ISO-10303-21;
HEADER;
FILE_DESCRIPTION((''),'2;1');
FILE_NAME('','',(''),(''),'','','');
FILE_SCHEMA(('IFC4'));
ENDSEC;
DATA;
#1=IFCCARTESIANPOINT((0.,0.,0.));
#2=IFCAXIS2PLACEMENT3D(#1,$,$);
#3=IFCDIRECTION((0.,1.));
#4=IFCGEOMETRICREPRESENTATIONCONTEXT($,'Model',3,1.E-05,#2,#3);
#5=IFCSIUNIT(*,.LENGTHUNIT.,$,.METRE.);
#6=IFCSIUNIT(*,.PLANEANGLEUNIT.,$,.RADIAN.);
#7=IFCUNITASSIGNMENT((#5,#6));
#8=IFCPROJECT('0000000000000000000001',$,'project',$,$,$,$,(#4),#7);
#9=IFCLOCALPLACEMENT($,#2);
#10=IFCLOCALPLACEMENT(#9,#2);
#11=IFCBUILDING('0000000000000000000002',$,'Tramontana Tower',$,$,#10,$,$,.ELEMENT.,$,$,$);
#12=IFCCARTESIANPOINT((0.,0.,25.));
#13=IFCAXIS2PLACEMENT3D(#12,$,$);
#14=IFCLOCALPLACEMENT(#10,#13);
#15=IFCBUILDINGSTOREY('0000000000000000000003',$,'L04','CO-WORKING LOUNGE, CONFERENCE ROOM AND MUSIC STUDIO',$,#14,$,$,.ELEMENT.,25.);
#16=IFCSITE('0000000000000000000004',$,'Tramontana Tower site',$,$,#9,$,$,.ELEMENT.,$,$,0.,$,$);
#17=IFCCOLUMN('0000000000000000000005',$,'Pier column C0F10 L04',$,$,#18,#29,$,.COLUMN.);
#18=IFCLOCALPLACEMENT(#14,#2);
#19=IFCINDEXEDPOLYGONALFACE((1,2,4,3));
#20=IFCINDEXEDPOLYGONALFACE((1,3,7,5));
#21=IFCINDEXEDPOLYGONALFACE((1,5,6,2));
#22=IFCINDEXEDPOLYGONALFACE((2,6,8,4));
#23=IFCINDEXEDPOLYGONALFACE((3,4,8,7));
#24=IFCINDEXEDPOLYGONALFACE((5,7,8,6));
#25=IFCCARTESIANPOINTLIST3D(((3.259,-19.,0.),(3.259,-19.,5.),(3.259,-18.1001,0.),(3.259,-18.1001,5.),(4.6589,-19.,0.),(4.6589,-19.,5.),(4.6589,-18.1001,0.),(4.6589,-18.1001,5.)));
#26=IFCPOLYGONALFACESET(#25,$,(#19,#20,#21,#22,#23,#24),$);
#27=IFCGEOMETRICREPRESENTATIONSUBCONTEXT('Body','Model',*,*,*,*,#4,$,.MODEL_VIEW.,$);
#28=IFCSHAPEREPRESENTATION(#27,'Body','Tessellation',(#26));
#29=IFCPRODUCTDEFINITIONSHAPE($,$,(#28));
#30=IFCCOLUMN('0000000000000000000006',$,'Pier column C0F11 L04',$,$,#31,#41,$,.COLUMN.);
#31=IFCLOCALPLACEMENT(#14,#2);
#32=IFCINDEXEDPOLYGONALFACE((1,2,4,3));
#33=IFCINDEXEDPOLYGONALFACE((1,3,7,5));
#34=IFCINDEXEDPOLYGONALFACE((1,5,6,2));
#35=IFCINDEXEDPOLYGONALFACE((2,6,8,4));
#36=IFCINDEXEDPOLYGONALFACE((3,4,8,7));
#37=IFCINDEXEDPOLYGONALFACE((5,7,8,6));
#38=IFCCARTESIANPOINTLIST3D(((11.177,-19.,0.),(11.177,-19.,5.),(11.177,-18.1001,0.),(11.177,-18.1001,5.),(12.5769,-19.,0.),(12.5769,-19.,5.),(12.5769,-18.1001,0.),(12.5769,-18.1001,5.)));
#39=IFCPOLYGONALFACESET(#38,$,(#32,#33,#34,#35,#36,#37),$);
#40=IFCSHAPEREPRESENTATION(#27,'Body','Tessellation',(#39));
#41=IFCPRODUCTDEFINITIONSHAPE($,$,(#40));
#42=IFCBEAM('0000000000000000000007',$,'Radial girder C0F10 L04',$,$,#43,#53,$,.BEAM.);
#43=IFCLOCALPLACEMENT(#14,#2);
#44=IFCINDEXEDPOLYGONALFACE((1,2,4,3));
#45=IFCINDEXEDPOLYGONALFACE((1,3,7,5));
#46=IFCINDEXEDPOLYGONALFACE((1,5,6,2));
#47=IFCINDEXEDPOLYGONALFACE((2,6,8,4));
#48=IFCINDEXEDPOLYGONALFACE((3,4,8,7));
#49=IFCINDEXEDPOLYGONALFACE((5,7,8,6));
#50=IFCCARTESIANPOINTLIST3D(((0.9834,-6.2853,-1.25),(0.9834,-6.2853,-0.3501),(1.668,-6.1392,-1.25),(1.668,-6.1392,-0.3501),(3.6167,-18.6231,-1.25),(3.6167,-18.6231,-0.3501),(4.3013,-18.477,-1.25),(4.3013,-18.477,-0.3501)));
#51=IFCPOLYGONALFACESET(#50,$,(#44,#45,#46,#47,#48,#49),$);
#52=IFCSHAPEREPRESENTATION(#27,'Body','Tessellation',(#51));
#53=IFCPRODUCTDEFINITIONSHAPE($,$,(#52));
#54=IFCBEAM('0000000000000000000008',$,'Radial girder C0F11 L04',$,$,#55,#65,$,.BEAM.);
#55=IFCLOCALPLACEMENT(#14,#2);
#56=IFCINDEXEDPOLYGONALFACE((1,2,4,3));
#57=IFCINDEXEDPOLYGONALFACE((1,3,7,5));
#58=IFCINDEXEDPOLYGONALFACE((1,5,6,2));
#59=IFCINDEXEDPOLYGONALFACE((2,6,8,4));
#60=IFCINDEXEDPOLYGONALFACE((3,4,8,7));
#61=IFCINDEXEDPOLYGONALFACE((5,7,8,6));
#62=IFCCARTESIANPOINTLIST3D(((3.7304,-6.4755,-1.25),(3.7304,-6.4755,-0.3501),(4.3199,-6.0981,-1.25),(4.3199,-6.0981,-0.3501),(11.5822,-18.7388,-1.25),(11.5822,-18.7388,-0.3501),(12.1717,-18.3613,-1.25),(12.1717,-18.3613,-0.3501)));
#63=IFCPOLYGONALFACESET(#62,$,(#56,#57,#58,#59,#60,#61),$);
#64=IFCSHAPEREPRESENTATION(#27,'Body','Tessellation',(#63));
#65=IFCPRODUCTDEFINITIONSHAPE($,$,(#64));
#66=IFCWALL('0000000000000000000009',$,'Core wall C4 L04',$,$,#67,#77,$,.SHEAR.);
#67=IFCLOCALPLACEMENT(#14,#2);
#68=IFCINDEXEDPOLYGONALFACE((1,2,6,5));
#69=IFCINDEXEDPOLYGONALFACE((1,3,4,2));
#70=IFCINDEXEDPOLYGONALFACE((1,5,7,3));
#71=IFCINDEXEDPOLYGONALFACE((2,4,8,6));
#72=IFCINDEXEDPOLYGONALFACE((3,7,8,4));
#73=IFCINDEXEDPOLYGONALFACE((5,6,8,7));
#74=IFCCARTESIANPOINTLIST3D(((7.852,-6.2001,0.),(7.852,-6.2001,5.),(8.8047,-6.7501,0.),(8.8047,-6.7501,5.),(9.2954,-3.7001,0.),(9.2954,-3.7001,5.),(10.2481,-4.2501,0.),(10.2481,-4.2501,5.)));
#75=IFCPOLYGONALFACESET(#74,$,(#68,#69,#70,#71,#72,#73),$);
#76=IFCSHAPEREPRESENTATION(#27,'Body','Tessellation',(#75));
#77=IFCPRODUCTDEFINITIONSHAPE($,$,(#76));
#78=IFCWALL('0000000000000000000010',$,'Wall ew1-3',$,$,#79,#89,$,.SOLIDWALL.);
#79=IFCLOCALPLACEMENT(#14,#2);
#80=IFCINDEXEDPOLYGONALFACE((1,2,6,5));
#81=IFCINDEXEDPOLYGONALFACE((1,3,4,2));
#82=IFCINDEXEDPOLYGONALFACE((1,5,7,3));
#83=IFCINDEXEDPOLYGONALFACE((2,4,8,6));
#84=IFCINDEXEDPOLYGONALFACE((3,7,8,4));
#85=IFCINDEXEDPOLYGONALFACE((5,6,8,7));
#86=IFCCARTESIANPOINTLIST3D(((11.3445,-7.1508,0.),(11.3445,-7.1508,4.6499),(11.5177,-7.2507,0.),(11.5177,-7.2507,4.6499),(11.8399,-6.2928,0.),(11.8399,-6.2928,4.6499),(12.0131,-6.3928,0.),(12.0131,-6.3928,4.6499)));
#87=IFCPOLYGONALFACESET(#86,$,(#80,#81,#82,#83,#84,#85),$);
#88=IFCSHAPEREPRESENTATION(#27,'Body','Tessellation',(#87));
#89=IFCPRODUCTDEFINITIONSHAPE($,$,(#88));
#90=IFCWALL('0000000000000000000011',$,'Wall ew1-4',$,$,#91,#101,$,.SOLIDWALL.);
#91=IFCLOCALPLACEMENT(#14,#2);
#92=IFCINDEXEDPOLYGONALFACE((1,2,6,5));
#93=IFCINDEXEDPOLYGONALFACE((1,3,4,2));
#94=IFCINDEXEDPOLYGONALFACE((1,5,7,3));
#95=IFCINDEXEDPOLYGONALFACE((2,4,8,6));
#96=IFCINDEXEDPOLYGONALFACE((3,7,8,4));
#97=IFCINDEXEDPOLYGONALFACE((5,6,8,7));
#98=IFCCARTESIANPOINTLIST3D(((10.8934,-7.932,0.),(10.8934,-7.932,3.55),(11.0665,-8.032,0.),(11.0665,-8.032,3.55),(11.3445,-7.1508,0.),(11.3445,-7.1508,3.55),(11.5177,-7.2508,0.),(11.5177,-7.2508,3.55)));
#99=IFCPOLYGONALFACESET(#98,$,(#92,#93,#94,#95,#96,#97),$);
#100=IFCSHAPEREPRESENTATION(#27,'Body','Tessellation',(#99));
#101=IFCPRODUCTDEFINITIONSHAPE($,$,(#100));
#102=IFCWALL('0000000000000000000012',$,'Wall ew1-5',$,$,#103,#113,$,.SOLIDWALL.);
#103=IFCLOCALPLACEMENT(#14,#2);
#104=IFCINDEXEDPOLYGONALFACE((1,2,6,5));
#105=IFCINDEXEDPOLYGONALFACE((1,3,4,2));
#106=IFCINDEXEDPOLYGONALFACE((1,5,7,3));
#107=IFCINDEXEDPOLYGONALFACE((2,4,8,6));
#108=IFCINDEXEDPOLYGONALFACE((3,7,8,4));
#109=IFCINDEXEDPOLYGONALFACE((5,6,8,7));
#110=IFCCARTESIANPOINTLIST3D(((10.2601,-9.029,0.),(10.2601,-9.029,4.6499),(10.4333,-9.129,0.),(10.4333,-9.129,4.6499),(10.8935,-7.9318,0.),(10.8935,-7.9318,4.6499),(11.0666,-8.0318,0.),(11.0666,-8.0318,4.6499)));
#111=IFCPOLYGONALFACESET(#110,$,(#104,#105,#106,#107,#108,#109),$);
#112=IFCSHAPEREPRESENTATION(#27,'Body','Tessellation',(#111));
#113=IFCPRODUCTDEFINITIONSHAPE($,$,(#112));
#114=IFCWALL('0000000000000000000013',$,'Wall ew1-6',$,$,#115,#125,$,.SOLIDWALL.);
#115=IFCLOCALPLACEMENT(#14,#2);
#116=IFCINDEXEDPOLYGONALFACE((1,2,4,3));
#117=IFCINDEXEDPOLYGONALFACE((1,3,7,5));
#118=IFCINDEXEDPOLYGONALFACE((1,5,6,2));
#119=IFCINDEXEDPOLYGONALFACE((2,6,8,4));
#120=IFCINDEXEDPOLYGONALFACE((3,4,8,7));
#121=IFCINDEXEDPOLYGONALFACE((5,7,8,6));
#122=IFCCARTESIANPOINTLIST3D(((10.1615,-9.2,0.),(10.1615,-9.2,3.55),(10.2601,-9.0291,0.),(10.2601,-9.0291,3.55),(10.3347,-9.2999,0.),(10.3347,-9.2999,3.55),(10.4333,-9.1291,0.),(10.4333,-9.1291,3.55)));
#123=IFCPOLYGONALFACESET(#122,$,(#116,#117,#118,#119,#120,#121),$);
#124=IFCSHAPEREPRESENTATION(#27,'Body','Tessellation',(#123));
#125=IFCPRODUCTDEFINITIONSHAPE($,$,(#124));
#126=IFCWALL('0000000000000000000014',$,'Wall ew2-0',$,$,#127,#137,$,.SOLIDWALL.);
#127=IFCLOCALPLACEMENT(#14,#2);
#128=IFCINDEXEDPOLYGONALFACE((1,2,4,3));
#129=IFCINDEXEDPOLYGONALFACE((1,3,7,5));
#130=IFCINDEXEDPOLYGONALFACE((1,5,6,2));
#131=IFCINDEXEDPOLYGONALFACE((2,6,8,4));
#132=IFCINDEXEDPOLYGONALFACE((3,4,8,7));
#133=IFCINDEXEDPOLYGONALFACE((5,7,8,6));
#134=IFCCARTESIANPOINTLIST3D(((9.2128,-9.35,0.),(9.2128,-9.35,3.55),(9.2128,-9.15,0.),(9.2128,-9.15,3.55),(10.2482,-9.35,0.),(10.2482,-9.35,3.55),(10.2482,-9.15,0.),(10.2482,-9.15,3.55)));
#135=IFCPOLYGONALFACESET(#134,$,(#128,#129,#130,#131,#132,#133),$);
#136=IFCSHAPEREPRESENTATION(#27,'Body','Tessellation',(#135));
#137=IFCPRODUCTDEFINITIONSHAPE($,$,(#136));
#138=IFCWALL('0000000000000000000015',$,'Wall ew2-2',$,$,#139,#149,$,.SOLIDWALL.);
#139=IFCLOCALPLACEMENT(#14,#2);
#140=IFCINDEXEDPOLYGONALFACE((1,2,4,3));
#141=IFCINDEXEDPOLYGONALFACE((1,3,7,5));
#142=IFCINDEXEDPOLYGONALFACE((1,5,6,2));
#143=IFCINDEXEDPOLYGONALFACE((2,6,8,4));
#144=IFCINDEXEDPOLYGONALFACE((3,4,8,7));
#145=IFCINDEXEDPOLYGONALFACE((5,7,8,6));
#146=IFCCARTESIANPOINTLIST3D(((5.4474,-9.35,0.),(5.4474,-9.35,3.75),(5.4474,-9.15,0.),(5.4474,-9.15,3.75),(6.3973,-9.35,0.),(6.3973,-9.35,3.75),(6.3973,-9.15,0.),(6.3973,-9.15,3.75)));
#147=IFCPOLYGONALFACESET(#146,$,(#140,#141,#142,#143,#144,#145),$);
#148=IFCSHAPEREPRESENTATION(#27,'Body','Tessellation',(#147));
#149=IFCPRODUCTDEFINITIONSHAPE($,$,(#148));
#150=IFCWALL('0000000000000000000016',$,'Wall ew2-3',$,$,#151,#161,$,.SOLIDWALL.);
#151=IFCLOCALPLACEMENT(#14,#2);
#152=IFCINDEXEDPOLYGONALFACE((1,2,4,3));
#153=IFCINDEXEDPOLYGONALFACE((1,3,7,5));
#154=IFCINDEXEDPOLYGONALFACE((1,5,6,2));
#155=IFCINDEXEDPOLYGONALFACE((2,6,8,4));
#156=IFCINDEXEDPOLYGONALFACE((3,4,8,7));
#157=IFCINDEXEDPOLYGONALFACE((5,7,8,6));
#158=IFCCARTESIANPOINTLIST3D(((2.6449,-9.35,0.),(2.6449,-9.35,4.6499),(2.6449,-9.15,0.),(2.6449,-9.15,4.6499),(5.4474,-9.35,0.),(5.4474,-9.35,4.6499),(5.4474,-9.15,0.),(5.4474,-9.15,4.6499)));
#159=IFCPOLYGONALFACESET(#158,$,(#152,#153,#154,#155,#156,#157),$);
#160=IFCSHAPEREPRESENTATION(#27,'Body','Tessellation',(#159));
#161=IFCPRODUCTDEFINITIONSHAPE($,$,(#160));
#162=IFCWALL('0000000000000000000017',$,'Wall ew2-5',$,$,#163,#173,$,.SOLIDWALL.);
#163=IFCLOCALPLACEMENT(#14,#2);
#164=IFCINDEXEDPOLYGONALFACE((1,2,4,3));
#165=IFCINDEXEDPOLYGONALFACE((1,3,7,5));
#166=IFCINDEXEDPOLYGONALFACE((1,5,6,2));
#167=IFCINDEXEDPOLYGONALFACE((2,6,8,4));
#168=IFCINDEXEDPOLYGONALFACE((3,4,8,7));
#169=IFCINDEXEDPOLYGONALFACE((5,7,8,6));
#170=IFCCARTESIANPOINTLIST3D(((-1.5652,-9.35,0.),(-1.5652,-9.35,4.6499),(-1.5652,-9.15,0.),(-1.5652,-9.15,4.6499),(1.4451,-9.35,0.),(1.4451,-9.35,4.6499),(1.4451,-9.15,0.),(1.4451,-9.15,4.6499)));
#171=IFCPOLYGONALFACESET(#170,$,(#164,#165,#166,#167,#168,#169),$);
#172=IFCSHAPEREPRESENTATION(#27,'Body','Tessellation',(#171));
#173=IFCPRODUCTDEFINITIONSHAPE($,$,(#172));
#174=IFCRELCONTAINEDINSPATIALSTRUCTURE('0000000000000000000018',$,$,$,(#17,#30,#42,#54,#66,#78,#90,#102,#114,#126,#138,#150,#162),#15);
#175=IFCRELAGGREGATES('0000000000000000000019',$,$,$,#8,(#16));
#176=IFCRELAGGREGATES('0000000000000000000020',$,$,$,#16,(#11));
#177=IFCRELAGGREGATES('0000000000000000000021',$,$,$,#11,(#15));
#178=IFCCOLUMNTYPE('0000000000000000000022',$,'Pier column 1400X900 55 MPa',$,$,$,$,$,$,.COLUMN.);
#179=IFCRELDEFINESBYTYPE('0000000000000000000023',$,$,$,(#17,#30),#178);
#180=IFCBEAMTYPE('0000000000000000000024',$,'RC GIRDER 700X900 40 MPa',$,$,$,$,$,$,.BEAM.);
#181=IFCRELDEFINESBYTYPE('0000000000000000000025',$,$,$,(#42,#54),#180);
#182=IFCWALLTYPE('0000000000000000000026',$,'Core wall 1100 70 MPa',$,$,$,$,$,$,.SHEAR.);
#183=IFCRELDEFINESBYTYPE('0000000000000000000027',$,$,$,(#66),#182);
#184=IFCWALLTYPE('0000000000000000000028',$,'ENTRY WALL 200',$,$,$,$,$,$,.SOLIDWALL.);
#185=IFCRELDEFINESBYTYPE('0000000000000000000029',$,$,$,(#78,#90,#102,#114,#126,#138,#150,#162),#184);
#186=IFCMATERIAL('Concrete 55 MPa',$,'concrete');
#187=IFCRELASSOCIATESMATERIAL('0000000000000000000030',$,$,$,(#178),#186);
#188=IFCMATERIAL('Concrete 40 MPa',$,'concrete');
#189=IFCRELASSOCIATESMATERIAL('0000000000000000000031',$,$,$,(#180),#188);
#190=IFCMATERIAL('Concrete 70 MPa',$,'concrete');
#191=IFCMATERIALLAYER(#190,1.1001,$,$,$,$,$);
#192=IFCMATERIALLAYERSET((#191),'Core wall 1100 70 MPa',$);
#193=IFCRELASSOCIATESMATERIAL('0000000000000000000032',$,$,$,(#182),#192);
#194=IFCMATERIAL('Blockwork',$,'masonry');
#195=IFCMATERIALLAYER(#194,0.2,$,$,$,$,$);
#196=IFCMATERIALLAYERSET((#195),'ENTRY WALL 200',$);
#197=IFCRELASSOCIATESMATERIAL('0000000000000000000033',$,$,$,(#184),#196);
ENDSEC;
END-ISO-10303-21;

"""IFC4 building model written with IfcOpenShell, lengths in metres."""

from ifc_helpers import new_model, si_unit, direction, frame, frame_2d, origin, origin_2d, place, context, subcontext, project, spatial, rectangle, extrude, material, layer, layer_set, material_profile, profile_set, type_object, element, save


model = new_model("IFC4")

# Units and contexts
model_context = context("Model", 3, precision=1e-05, world=origin(), true_north=direction((0.0, 1.0)))
body_context = subcontext(model_context, "Body", "Model", "MODEL_VIEW")
ifc_project = project(units=[si_unit("LENGTHUNIT", "METRE"), si_unit("PLANEANGLEUNIT", "RADIAN")], contexts=[model_context])

# Site, building, storey
site_placement = place(None, origin())
site = spatial("IfcSite", under=ifc_project, at=site_placement, Name="Tramontana Tower site", CompositionType="ELEMENT", RefElevation=0.0)
building_placement = place(site_placement, origin())
building = spatial("IfcBuilding", under=site, at=building_placement, Name="Tramontana Tower", CompositionType="ELEMENT")
storey_placement = place(building_placement, frame((0.0, 0.0, 25.0)))
storey = spatial("IfcBuildingStorey", under=building, at=storey_placement, Name="L04", Description="CO-WORKING LOUNGE, CONFERENCE ROOM AND MUSIC STUDIO", CompositionType="ELEMENT", Elevation=25.0)

# Columns
ifc_material_1 = material(Name="Concrete 55 MPa", Category="concrete")
ifc_material_profile_1 = material_profile(ifc_material_1, rectangle(XDim=1.3999, YDim=0.8999, at=origin_2d()), Name="Pier column 1400X900 55 MPa")
ifc_profile_set_1 = profile_set([ifc_material_profile_1], Name="Concrete 55 MPa")
column_type = type_object("IfcColumnType", Name="Pier column 1400X900 55 MPa", PredefinedType="COLUMN", material=ifc_profile_set_1)
for number, where, z_axis, x_axis, name in (
    (1, (3.959, -18.55, 0.0), (0.0, 0.0, 1.0), (1.0, 0.0, 0.0), "Pier column C0F10 L04"),
    (2, (11.877, -18.55, 0.0), (0.0, 0.0, 1.0), (1.0, 0.0, 0.0), "Pier column C0F11 L04"),
):
    element("IfcColumn", number, at=place(storey_placement, frame(where, z_axis=z_axis, x_axis=x_axis)), inside=storey, type_object=column_type, Name=name, PredefinedType="COLUMN", context=body_context, shape_type="SweptSolid", body=[
        extrude(rectangle(XDim=1.3999, YDim=0.8999, at=origin_2d()), origin(), (0.0, 0.0, 1.0), 5.0),
    ])

# Beams
ifc_material_2 = material(Name="Concrete 40 MPa", Category="concrete")
ifc_material_profile_2 = material_profile(ifc_material_2, rectangle(XDim=0.7, YDim=0.8999, at=origin_2d()), Name="RC GIRDER 700X900 40 MPa")
ifc_profile_set_2 = profile_set([ifc_material_profile_2], Name="Concrete 40 MPa")
beam_type = type_object("IfcBeamType", Name="RC GIRDER 700X900 40 MPa", PredefinedType="BEAM", material=ifc_profile_set_2)
beam_1_placement = place(storey_placement, frame((3.959, -18.55, -0.8), z_axis=(-0.208731, 0.977973, 0.0), x_axis=(-0.977973, -0.208731, 0.0)))
element("IfcBeam", 3, at=beam_1_placement, inside=storey, type_object=beam_type, Name="Radial girder C0F10 L04", PredefinedType="BEAM", context=body_context, shape_type="SweptSolid", body=[
    extrude(rectangle(XDim=0.7, YDim=0.8999, at=origin_2d()), origin(), (0.0, 0.0, 1.0), 12.6157),
])
beam_2_placement = place(storey_placement, frame((11.877, -18.55, -0.8), z_axis=(-0.539218, 0.842166, 0.0), x_axis=(-0.842166, -0.539218, 0.0)))
element("IfcBeam", 4, at=beam_2_placement, inside=storey, type_object=beam_type, Name="Radial girder C0F11 L04", PredefinedType="BEAM", context=body_context, shape_type="SweptSolid", body=[
    extrude(rectangle(XDim=0.7, YDim=0.8999, at=origin_2d()), origin(), (0.0, 0.0, 1.0), 14.5615),
])

# Walls
ifc_material_3 = material(Name="Concrete 70 MPa", Category="concrete")
ifc_layer_1 = layer(ifc_material_3, 1.1001)
ifc_layer_set_1 = layer_set([ifc_layer_1], Name="Core wall 1100 70 MPa")
wall_type_1 = type_object("IfcWallType", Name="Core wall 1100 70 MPa", PredefinedType="SHEAR", material=ifc_layer_set_1)
wall_1_placement = place(storey_placement, frame((8.3284, -6.4751, 0.0), z_axis=(0.0, 0.0, 1.0), x_axis=(0.499996, 0.866028, 0.0)))
element("IfcWall", 5, at=wall_1_placement, inside=storey, type_object=wall_type_1, Name="Core wall C4 L04", PredefinedType="SHEAR", context=body_context, shape_type="SweptSolid", body=[
    extrude(rectangle(XDim=2.8867, YDim=1.1001, at=frame_2d((1.4434, 0.0))), origin(), (0.0, 0.0, 1.0), 5.0),
])
ifc_material_4 = material(Name="Blockwork", Category="masonry")
ifc_layer_2 = layer(ifc_material_4, 0.2)
ifc_layer_set_2 = layer_set([ifc_layer_2], Name="ENTRY WALL 200")
wall_type_2 = type_object("IfcWallType", Name="ENTRY WALL 200", PredefinedType="SOLIDWALL", material=ifc_layer_set_2)
wall_2_placement = place(storey_placement, frame((11.9265, -6.3428, 0.0), z_axis=(0.0, 0.0, 1.0), x_axis=(-0.500035, -0.866005, 0.0)))
element("IfcWall", 6, at=wall_2_placement, inside=storey, type_object=wall_type_2, Name="Wall ew1-3", PredefinedType="SOLIDWALL", context=body_context, shape_type="SweptSolid", body=[
    extrude(rectangle(XDim=0.9907, YDim=0.2, at=frame_2d((0.4954, 0.0))), origin(), (0.0, 0.0, 1.0), 4.6499),
])
wall_3_placement = place(storey_placement, frame((11.4312, -7.2007, 0.0), z_axis=(0.0, 0.0, 1.0), x_axis=(-0.500097, -0.865969, 0.0)))
element("IfcWall", 7, at=wall_3_placement, inside=storey, type_object=wall_type_2, Name="Wall ew1-4", PredefinedType="SOLIDWALL", context=body_context, shape_type="SweptSolid", body=[
    extrude(rectangle(XDim=0.9021, YDim=0.2, at=frame_2d((0.4512, 0.0))), origin(), (0.0, 0.0, 1.0), 3.55),
])
wall_4_placement = place(storey_placement, frame((10.98, -7.9819, 0.0), z_axis=(0.0, 0.0, 1.0), x_axis=(-0.499912, -0.866076, 0.0)))
element("IfcWall", 8, at=wall_4_placement, inside=storey, type_object=wall_type_2, Name="Wall ew1-5", PredefinedType="SOLIDWALL", context=body_context, shape_type="SweptSolid", body=[
    extrude(rectangle(XDim=1.2668, YDim=0.2, at=frame_2d((0.6333, 0.0))), origin(), (0.0, 0.0, 1.0), 4.6499),
])
wall_5_placement = place(storey_placement, frame((10.3467, -9.0791, 0.0), z_axis=(0.0, 0.0, 1.0), x_axis=(-0.499865, -0.866103, 0.0)))
element("IfcWall", 9, at=wall_5_placement, inside=storey, type_object=wall_type_2, Name="Wall ew1-6", PredefinedType="SOLIDWALL", context=body_context, shape_type="SweptSolid", body=[
    extrude(rectangle(XDim=0.1973, YDim=0.2, at=frame_2d((0.0986, 0.0))), origin(), (0.0, 0.0, 1.0), 3.55),
])
wall_6_placement = place(storey_placement, frame((10.248, -9.25, 0.0), z_axis=(0.0, 0.0, 1.0), x_axis=(-1.0, 0.0, 0.0)))
element("IfcWall", 10, at=wall_6_placement, inside=storey, type_object=wall_type_2, Name="Wall ew2-0", PredefinedType="SOLIDWALL", context=body_context, shape_type="SweptSolid", body=[
    extrude(rectangle(XDim=1.0354, YDim=0.2, at=frame_2d((0.5176, 0.0))), origin(), (0.0, 0.0, 1.0), 3.55),
])

# Walls
wall_7_placement = place(storey_placement, frame((6.3975, -9.25, 0.0), z_axis=(0.0, 0.0, 1.0), x_axis=(-1.0, 0.0, 0.0)))
element("IfcWall", 11, at=wall_7_placement, inside=storey, type_object=wall_type_2, Name="Wall ew2-2", PredefinedType="SOLIDWALL", context=body_context, shape_type="SweptSolid", body=[
    extrude(rectangle(XDim=0.95, YDim=0.2, at=frame_2d((0.4751, 0.0))), origin(), (0.0, 0.0, 1.0), 3.75),
])
wall_8_placement = place(storey_placement, frame((5.4475, -9.25, 0.0), z_axis=(0.0, 0.0, 1.0), x_axis=(-1.0, 0.0, 0.0)))
element("IfcWall", 12, at=wall_8_placement, inside=storey, type_object=wall_type_2, Name="Wall ew2-3", PredefinedType="SOLIDWALL", context=body_context, shape_type="SweptSolid", body=[
    extrude(rectangle(XDim=2.8025, YDim=0.2, at=frame_2d((1.4014, 0.0))), origin(), (0.0, 0.0, 1.0), 4.6499),
])

# Wall
wall_9_placement = place(storey_placement, frame((1.4451, -9.25, 0.0), z_axis=(0.0, 0.0, 1.0), x_axis=(-1.0, 0.0, 0.0)))
element("IfcWall", 13, at=wall_9_placement, inside=storey, type_object=wall_type_2, Name="Wall ew2-5", PredefinedType="SOLIDWALL", context=body_context, shape_type="SweptSolid", body=[
    extrude(rectangle(XDim=3.0103, YDim=0.2, at=frame_2d((1.5051, 0.0))), origin(), (0.0, 0.0, 1.0), 4.6499),
])

save(model, "model.ifc")
